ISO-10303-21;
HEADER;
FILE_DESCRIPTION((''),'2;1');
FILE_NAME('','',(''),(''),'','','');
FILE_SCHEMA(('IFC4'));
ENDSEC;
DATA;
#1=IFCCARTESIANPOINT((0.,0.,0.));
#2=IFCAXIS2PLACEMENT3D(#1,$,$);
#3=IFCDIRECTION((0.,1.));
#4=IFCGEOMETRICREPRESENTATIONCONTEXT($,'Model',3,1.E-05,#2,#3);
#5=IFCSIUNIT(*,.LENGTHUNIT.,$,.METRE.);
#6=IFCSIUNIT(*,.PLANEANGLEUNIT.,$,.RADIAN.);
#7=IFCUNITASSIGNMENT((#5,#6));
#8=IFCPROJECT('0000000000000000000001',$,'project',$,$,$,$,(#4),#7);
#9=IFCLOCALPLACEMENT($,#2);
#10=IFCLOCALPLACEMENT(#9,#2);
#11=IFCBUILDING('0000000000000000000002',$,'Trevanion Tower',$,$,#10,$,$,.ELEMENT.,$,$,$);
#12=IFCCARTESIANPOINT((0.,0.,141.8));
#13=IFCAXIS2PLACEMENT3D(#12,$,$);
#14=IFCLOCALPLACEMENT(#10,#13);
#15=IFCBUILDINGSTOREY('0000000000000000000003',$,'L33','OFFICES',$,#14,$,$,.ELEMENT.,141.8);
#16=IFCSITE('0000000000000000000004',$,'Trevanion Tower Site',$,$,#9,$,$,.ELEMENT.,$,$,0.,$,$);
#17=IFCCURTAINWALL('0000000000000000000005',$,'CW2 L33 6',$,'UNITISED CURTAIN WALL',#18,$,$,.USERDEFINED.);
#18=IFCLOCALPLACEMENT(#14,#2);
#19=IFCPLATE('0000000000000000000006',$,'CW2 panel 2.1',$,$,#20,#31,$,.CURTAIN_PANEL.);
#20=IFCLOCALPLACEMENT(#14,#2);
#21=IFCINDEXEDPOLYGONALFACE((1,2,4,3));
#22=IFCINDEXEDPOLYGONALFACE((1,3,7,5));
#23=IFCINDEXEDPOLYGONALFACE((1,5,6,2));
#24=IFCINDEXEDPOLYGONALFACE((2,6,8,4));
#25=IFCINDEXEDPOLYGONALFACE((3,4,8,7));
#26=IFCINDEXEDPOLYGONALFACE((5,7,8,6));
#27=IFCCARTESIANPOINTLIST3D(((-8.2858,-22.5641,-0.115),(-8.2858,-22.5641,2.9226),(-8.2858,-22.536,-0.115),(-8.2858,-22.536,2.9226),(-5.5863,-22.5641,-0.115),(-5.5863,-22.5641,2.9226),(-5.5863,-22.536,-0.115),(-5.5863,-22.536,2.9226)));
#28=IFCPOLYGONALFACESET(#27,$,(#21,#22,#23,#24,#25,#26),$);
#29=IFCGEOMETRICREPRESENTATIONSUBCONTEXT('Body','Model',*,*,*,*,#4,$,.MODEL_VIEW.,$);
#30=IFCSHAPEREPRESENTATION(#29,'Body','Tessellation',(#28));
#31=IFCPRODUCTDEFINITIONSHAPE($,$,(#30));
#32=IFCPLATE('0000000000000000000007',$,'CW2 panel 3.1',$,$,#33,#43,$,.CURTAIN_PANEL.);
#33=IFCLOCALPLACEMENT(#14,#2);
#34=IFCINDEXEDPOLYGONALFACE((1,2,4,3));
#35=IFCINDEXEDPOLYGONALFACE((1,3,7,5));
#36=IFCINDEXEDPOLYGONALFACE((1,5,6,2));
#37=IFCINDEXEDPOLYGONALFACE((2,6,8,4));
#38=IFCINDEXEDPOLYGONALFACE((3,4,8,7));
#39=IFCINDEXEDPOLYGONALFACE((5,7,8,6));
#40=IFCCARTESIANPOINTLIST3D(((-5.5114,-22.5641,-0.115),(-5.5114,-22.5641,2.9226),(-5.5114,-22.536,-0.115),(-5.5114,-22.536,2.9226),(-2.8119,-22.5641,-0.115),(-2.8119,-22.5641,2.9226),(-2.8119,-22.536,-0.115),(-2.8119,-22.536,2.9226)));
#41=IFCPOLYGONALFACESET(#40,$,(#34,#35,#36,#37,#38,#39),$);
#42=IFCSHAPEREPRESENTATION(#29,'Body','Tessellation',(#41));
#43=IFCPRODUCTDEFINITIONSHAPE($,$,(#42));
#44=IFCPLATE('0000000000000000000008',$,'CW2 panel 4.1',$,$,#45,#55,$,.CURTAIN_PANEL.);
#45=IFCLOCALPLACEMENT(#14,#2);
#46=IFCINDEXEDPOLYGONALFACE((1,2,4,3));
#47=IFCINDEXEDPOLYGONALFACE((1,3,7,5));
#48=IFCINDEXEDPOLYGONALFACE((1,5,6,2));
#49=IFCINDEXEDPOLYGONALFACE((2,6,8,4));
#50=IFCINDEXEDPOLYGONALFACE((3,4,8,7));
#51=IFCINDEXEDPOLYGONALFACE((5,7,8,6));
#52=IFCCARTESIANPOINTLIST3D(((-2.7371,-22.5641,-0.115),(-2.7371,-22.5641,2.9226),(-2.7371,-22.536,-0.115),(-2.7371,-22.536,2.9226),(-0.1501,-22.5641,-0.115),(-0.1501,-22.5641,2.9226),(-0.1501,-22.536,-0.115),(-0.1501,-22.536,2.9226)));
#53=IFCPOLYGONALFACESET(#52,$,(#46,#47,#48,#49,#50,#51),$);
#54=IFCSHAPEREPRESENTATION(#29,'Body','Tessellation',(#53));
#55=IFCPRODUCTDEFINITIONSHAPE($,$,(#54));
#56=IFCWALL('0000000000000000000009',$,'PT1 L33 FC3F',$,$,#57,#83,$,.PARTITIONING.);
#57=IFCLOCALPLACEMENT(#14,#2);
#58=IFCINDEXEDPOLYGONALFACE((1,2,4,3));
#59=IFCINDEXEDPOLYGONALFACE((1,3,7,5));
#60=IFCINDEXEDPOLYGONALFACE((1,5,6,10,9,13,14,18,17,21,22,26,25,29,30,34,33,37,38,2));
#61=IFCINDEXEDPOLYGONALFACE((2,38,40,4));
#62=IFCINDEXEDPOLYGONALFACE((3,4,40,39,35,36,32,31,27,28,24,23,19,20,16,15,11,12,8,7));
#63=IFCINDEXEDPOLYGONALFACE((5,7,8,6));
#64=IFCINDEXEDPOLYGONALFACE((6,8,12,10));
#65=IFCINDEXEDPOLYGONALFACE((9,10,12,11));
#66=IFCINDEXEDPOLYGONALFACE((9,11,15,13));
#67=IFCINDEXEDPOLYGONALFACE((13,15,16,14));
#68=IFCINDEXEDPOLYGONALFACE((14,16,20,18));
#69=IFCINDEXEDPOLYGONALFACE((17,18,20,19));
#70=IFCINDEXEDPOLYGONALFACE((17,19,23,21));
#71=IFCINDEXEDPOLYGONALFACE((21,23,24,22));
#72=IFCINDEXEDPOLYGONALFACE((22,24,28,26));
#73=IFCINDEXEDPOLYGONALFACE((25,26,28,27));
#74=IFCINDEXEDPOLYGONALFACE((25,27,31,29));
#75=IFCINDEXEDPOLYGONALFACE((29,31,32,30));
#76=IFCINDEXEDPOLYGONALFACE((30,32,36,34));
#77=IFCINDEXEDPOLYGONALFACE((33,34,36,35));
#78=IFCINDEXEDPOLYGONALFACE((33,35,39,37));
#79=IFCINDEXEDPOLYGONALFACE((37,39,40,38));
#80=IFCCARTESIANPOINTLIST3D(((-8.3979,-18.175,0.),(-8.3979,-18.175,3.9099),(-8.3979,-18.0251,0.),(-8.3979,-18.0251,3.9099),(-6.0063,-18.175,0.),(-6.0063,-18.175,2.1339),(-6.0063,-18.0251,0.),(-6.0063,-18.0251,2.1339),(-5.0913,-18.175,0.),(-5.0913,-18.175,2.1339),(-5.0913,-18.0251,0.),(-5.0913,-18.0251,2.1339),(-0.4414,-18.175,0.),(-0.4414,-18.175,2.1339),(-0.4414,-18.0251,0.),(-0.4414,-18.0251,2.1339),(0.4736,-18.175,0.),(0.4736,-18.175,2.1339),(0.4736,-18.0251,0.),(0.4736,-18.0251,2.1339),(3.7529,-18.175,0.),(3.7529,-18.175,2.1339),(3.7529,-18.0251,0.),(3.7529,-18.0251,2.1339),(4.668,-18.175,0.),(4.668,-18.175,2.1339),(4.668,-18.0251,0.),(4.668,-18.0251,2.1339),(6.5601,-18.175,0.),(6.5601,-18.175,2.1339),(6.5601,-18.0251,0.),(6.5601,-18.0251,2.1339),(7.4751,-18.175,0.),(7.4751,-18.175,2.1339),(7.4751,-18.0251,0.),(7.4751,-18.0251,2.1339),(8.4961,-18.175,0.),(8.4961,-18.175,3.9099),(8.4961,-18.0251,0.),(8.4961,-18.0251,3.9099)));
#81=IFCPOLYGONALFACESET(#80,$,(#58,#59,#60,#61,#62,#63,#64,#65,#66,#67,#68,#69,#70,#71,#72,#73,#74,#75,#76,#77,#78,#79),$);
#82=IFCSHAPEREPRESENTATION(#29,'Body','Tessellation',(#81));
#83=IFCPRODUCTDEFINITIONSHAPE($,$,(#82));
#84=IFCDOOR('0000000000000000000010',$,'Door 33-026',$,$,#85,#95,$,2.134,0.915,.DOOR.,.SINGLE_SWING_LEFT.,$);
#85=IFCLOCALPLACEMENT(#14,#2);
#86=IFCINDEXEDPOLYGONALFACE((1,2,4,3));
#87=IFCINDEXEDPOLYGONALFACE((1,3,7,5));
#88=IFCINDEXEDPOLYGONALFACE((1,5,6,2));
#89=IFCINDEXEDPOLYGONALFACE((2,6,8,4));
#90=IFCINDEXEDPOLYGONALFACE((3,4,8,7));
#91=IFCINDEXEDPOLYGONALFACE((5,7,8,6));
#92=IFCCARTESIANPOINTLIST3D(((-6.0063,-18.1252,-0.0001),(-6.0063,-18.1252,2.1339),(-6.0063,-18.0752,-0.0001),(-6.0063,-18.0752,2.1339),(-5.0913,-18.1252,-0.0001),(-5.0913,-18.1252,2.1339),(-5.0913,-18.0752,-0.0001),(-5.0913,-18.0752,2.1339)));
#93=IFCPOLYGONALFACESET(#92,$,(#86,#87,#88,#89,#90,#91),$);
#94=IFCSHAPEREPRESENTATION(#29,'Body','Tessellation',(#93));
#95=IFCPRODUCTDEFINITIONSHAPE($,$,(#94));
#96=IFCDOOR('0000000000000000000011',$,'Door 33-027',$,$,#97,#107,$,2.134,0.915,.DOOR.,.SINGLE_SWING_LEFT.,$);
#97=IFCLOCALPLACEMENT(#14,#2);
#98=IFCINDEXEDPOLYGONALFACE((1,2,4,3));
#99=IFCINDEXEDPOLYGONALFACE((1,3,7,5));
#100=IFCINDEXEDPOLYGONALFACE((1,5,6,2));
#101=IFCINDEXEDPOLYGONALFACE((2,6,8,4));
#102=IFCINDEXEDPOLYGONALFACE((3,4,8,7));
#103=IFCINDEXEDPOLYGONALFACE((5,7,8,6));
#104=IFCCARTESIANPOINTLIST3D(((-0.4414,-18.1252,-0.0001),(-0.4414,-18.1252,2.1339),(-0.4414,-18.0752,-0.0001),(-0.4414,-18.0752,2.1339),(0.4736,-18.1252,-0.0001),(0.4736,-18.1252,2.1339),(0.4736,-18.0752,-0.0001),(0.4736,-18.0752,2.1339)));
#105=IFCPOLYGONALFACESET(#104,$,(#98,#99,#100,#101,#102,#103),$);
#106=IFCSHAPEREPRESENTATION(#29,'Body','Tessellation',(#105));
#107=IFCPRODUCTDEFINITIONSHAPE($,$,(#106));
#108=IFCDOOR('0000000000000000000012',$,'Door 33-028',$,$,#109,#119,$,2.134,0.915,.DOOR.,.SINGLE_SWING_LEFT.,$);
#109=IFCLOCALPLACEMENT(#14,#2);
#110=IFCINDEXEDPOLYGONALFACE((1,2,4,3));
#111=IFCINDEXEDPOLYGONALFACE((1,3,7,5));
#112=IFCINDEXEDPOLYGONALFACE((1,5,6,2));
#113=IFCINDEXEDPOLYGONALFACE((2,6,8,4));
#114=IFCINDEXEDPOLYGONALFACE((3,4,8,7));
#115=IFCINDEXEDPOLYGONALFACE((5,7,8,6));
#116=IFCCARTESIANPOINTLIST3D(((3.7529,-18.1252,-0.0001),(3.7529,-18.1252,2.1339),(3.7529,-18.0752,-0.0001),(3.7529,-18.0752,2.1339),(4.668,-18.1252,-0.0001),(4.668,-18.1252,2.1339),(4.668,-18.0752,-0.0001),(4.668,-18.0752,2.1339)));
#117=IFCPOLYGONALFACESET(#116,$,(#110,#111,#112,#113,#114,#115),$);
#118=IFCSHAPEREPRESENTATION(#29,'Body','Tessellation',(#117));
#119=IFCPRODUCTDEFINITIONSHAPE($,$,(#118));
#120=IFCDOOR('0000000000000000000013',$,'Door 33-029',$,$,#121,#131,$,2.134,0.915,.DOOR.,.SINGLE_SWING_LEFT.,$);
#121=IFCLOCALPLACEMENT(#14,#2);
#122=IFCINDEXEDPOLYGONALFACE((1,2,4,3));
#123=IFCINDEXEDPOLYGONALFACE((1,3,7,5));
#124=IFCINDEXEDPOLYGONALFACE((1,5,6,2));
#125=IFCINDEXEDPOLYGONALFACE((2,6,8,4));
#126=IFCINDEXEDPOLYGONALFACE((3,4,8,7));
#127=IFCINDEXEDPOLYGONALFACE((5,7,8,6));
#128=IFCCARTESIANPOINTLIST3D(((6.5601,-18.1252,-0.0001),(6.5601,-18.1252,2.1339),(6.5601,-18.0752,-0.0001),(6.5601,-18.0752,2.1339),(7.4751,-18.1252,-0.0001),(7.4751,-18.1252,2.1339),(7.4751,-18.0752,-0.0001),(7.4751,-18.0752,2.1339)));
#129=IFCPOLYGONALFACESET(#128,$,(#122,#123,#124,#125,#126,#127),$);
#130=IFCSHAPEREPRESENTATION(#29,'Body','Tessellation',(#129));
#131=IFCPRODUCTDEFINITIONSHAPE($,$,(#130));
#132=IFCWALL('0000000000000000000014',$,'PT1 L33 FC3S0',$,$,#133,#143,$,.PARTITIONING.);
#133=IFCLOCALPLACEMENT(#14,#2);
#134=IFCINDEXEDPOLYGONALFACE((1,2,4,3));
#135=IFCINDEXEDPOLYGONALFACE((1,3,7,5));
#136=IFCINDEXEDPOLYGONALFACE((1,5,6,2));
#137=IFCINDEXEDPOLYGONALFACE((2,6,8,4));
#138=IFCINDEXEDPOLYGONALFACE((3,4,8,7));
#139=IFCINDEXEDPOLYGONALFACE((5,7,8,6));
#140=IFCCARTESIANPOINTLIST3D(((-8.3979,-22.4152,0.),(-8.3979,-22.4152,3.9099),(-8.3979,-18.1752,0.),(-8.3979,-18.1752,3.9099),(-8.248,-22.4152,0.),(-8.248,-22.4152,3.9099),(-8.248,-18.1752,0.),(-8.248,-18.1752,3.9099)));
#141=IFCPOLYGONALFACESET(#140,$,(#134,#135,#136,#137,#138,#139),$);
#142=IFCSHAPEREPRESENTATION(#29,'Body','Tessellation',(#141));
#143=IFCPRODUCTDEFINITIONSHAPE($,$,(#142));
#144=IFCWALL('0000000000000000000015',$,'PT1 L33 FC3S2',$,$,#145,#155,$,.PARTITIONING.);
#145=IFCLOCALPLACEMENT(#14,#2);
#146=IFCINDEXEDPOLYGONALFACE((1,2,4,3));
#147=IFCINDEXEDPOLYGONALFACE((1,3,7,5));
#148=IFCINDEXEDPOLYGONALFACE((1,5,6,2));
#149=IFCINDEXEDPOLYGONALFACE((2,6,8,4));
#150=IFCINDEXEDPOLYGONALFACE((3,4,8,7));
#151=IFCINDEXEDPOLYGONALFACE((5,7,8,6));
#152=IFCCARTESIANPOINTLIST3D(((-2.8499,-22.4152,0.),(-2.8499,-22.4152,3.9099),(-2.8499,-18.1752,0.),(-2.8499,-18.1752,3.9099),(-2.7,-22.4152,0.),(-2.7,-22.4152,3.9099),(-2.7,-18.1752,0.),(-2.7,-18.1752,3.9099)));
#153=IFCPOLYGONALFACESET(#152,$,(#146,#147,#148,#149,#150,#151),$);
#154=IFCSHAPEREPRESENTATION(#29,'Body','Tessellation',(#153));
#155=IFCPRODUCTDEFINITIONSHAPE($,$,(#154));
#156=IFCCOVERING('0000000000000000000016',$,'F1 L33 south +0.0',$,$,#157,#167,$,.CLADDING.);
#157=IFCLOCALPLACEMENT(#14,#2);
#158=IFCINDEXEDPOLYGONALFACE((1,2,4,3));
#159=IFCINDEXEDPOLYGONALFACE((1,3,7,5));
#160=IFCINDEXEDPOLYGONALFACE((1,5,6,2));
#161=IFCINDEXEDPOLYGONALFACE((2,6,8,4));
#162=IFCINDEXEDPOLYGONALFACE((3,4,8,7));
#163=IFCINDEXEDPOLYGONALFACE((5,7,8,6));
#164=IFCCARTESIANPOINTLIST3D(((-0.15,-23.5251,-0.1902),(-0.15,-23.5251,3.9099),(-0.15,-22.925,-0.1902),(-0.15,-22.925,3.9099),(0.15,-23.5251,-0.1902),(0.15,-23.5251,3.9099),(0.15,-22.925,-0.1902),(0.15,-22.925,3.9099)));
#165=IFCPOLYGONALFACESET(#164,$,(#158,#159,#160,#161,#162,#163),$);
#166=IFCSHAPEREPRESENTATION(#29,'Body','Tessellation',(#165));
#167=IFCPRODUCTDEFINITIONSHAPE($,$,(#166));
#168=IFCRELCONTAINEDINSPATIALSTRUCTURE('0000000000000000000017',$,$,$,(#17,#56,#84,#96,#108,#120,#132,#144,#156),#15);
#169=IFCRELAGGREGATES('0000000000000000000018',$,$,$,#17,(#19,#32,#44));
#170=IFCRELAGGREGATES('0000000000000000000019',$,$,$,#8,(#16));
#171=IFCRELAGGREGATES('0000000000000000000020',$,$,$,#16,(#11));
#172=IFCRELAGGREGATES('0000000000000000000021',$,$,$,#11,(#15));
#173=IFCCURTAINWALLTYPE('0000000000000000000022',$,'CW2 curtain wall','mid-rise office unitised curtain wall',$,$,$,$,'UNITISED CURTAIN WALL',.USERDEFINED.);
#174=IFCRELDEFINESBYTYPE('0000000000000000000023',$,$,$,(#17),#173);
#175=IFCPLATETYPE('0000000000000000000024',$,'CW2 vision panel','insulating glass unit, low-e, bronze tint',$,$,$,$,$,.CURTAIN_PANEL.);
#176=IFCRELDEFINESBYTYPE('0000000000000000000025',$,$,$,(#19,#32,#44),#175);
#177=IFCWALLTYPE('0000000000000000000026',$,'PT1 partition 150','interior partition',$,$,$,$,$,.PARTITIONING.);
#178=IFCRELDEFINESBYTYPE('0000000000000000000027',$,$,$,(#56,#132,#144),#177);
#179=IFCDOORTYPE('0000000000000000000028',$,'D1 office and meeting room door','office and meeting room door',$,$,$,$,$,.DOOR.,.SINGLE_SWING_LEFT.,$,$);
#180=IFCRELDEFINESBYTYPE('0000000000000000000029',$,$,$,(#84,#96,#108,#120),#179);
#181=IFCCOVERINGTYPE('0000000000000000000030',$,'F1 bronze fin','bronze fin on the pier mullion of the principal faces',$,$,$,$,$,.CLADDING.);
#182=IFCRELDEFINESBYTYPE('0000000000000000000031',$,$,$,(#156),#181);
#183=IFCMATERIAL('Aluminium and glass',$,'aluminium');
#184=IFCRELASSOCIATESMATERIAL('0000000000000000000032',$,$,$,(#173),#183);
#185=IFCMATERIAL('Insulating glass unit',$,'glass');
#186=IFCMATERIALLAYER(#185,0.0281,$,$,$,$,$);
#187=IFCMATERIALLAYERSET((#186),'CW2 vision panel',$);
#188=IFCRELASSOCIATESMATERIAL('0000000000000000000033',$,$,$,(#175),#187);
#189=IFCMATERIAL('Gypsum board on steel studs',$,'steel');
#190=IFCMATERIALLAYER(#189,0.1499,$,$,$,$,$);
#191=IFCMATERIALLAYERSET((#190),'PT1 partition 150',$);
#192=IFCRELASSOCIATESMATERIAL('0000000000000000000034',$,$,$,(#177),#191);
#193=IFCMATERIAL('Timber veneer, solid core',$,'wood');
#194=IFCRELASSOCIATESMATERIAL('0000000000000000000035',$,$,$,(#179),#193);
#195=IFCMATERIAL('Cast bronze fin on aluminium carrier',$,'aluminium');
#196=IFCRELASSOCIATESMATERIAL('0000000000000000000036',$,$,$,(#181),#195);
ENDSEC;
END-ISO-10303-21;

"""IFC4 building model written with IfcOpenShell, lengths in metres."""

from ifc_helpers import new_model, si_unit, direction, frame, frame_2d, origin, origin_2d, place, context, subcontext, project, spatial, rectangle, extrude, material, layer, layer_set, type_object, element, fill, aggregate, save


model = new_model("IFC4")

# Units and contexts
model_context = context("Model", 3, precision=1e-05, world=origin(), true_north=direction((0.0, 1.0)))
body_context = subcontext(model_context, "Body", "Model", "MODEL_VIEW")
ifc_project = project(units=[si_unit("LENGTHUNIT", "METRE"), si_unit("PLANEANGLEUNIT", "RADIAN")], contexts=[model_context])

# Site, building, storey
site_placement = place(None, origin())
site = spatial("IfcSite", under=ifc_project, at=site_placement, Name="Trevanion Tower Site", CompositionType="ELEMENT", RefElevation=0.0)
building_placement = place(site_placement, origin())
building = spatial("IfcBuilding", under=site, at=building_placement, Name="Trevanion Tower", CompositionType="ELEMENT")
storey_placement = place(building_placement, frame((0.0, 0.0, 141.8)))
storey = spatial("IfcBuildingStorey", under=building, at=storey_placement, Name="L33", Description="OFFICES", CompositionType="ELEMENT", Elevation=141.8)

# Curtain wall
ifc_material_1 = material(Name="Aluminium and glass", Category="aluminium")
curtain_wall_type = type_object("IfcCurtainWallType", Name="CW2 curtain wall", Description="mid-rise office unitised curtain wall", ElementType="UNITISED CURTAIN WALL", PredefinedType="USERDEFINED", material=ifc_material_1)
curtain_wall_placement = place(storey_placement, origin())
curtain_wall = element("IfcCurtainWall", 1, at=curtain_wall_placement, inside=storey, type_object=curtain_wall_type, Name="CW2 L33 6", ObjectType="UNITISED CURTAIN WALL", PredefinedType="USERDEFINED")

# Plates
ifc_material_2 = material(Name="Insulating glass unit", Category="glass")
ifc_layer_1 = layer(ifc_material_2, 0.0281)
ifc_layer_set_1 = layer_set([ifc_layer_1], Name="CW2 vision panel")
plate_type_1 = type_object("IfcPlateType", Name="CW2 vision panel", Description="insulating glass unit, low-e, bronze tint", PredefinedType="CURTAIN_PANEL", material=ifc_layer_set_1)
plate_1_placement = place(storey_placement, frame((-6.936, -22.55, -0.115), z_axis=(0.0, 0.0, 1.0), x_axis=(1.0, 0.0, 0.0)))
plate_1 = element("IfcPlate", 2, at=plate_1_placement, type_object=plate_type_1, Name="CW2 panel 2.1", PredefinedType="CURTAIN_PANEL", context=body_context, shape_type="SweptSolid", body=[
    extrude(rectangle(XDim=2.6995, YDim=0.0281, at=origin_2d()), origin(), (0.0, 0.0, 1.0), 3.0376),
])
plate_2_placement = place(storey_placement, frame((-4.1616, -22.55, -0.115), z_axis=(0.0, 0.0, 1.0), x_axis=(1.0, 0.0, 0.0)))
plate_2 = element("IfcPlate", 3, at=plate_2_placement, type_object=plate_type_1, Name="CW2 panel 3.1", PredefinedType="CURTAIN_PANEL", context=body_context, shape_type="SweptSolid", body=[
    extrude(rectangle(XDim=2.6995, YDim=0.0281, at=origin_2d()), origin(), (0.0, 0.0, 1.0), 3.0376),
])
plate_3_placement = place(storey_placement, frame((-1.4436, -22.55, -0.115), z_axis=(0.0, 0.0, 1.0), x_axis=(1.0, 0.0, 0.0)))
plate_3 = element("IfcPlate", 4, at=plate_3_placement, type_object=plate_type_1, Name="CW2 panel 4.1", PredefinedType="CURTAIN_PANEL", context=body_context, shape_type="SweptSolid", body=[
    extrude(rectangle(XDim=2.5869, YDim=0.0281, at=origin_2d()), origin(), (0.0, 0.0, 1.0), 3.0376),
])
aggregate(curtain_wall, [plate_1, plate_2, plate_3])

# Wall, openings, doors
ifc_material_3 = material(Name="Gypsum board on steel studs", Category="steel")
ifc_layer_2 = layer(ifc_material_3, 0.1499)
ifc_layer_set_2 = layer_set([ifc_layer_2], Name="PT1 partition 150")
wall_type = type_object("IfcWallType", Name="PT1 partition 150", Description="interior partition", PredefinedType="PARTITIONING", material=ifc_layer_set_2)
wall_placement = place(storey_placement, frame((-8.3979, -18.1001, 0.0), z_axis=(0.0, 0.0, 1.0), x_axis=(1.0, 0.0, 0.0)))
wall = element("IfcWall", 5, at=wall_placement, inside=storey, type_object=wall_type, Name="PT1 L33 FC3F", PredefinedType="PARTITIONING", context=body_context, shape_type="SweptSolid", body=[
    extrude(rectangle(XDim=16.894, YDim=0.1499, at=frame_2d((8.447, 0.0))), origin(), (0.0, 0.0, 1.0), 3.9099),
])
opening_1_placement = place(wall_placement, frame((2.3916, 0.0, 0.0)))
opening_1 = element("IfcOpeningElement", 6, at=opening_1_placement, cuts=wall, PredefinedType="OPENING", context=body_context, shape_type="SweptSolid", body=[
    extrude(rectangle(XDim=0.915, YDim=2.134, at=frame_2d((0.4575, 1.0669))), frame((0.0, 0.085, 0.0), z_axis=(0.0, -1.0, 0.0), x_axis=(1.0, 0.0, 0.0)), (0.0, 0.0, 1.0), 0.1699),
])
opening_2_placement = place(wall_placement, frame((7.9565, 0.0, 0.0)))
opening_2 = element("IfcOpeningElement", 7, at=opening_2_placement, cuts=wall, PredefinedType="OPENING", context=body_context, shape_type="SweptSolid", body=[
    extrude(rectangle(XDim=0.915, YDim=2.134, at=frame_2d((0.4575, 1.0669))), frame((0.0, 0.085, 0.0), z_axis=(0.0, -1.0, 0.0), x_axis=(1.0, 0.0, 0.0)), (0.0, 0.0, 1.0), 0.1699),
])
opening_3_placement = place(wall_placement, frame((12.1509, 0.0, 0.0)))
opening_3 = element("IfcOpeningElement", 8, at=opening_3_placement, cuts=wall, PredefinedType="OPENING", context=body_context, shape_type="SweptSolid", body=[
    extrude(rectangle(XDim=0.915, YDim=2.134, at=frame_2d((0.4575, 1.0669))), frame((0.0, 0.085, 0.0), z_axis=(0.0, -1.0, 0.0), x_axis=(1.0, 0.0, 0.0)), (0.0, 0.0, 1.0), 0.1699),
])
opening_4_placement = place(wall_placement, frame((14.958, 0.0, 0.0)))
opening_4 = element("IfcOpeningElement", 9, at=opening_4_placement, cuts=wall, PredefinedType="OPENING", context=body_context, shape_type="SweptSolid", body=[
    extrude(rectangle(XDim=0.915, YDim=2.134, at=frame_2d((0.4575, 1.0669))), frame((0.0, 0.085, 0.0), z_axis=(0.0, -1.0, 0.0), x_axis=(1.0, 0.0, 0.0)), (0.0, 0.0, 1.0), 0.1699),
])
ifc_material_4 = material(Name="Timber veneer, solid core", Category="wood")
door_type = type_object("IfcDoorType", Name="D1 office and meeting room door", Description="office and meeting room door", OperationType="SINGLE_SWING_LEFT", PredefinedType="DOOR", material=ifc_material_4)
door_1_placement = place(opening_1_placement, origin())
door_1 = element("IfcDoor", 10, at=door_1_placement, inside=storey, type_object=door_type, Name="Door 33-026", OperationType="SINGLE_SWING_LEFT", OverallHeight=2.134, OverallWidth=0.915, PredefinedType="DOOR", context=body_context, shape_type="SweptSolid", body=[
    extrude(rectangle(XDim=0.915, YDim=2.134, at=frame_2d((0.4575, 1.0669))), frame((0.0, 0.0249, 0.0), z_axis=(0.0, -1.0, 0.0), x_axis=(1.0, 0.0, 0.0)), (0.0, 0.0, 1.0), 0.05),
])
fill(opening_1, door_1)
door_2_placement = place(opening_2_placement, origin())
door_2 = element("IfcDoor", 11, at=door_2_placement, inside=storey, type_object=door_type, Name="Door 33-027", OperationType="SINGLE_SWING_LEFT", OverallHeight=2.134, OverallWidth=0.915, PredefinedType="DOOR", context=body_context, shape_type="SweptSolid", body=[
    extrude(rectangle(XDim=0.915, YDim=2.134, at=frame_2d((0.4575, 1.0669))), frame((0.0, 0.0249, 0.0), z_axis=(0.0, -1.0, 0.0), x_axis=(1.0, 0.0, 0.0)), (0.0, 0.0, 1.0), 0.05),
])
fill(opening_2, door_2)
door_3_placement = place(opening_3_placement, origin())
door_3 = element("IfcDoor", 12, at=door_3_placement, inside=storey, type_object=door_type, Name="Door 33-028", OperationType="SINGLE_SWING_LEFT", OverallHeight=2.134, OverallWidth=0.915, PredefinedType="DOOR", context=body_context, shape_type="SweptSolid", body=[
    extrude(rectangle(XDim=0.915, YDim=2.134, at=frame_2d((0.4575, 1.0669))), frame((0.0, 0.0249, 0.0), z_axis=(0.0, -1.0, 0.0), x_axis=(1.0, 0.0, 0.0)), (0.0, 0.0, 1.0), 0.05),
])
fill(opening_3, door_3)
door_4_placement = place(opening_4_placement, origin())
door_4 = element("IfcDoor", 13, at=door_4_placement, inside=storey, type_object=door_type, Name="Door 33-029", OperationType="SINGLE_SWING_LEFT", OverallHeight=2.134, OverallWidth=0.915, PredefinedType="DOOR", context=body_context, shape_type="SweptSolid", body=[
    extrude(rectangle(XDim=0.915, YDim=2.134, at=frame_2d((0.4575, 1.0669))), frame((0.0, 0.0249, 0.0), z_axis=(0.0, -1.0, 0.0), x_axis=(1.0, 0.0, 0.0)), (0.0, 0.0, 1.0), 0.05),
])
fill(opening_4, door_4)

# Walls
for number, where, z_axis, x_axis, name in (
    (14, (-8.323, -18.175, 0.0), (0.0, 0.0, 1.0), (0.0, -1.0, 0.0), "PT1 L33 FC3S0"),
    (15, (-2.7749, -18.175, 0.0), (0.0, 0.0, 1.0), (0.0, -1.0, 0.0), "PT1 L33 FC3S2"),
):
    element("IfcWall", number, at=place(storey_placement, frame(where, z_axis=z_axis, x_axis=x_axis)), inside=storey, type_object=wall_type, Name=name, PredefinedType="PARTITIONING", context=body_context, shape_type="SweptSolid", body=[
        extrude(rectangle(XDim=4.24, YDim=0.1499, at=frame_2d((2.1201, 0.0))), origin(), (0.0, 0.0, 1.0), 3.9099),
    ])

# Covering
ifc_material_5 = material(Name="Cast bronze fin on aluminium carrier", Category="aluminium")
covering_type = type_object("IfcCoveringType", Name="F1 bronze fin", Description="bronze fin on the pier mullion of the principal faces", PredefinedType="CLADDING", material=ifc_material_5)
covering_placement = place(storey_placement, frame((0.0, -23.2251, -0.1902), z_axis=(0.0, 0.0, 1.0), x_axis=(1.0, 0.0, 0.0)))
element("IfcCovering", 16, at=covering_placement, inside=storey, type_object=covering_type, Name="F1 L33 south +0.0", PredefinedType="CLADDING", context=body_context, shape_type="SweptSolid", body=[
    extrude(rectangle(XDim=0.3, YDim=0.6001, at=origin_2d()), origin(), (0.0, 0.0, 1.0), 4.1001),
])

save(model, "model.ifc")
